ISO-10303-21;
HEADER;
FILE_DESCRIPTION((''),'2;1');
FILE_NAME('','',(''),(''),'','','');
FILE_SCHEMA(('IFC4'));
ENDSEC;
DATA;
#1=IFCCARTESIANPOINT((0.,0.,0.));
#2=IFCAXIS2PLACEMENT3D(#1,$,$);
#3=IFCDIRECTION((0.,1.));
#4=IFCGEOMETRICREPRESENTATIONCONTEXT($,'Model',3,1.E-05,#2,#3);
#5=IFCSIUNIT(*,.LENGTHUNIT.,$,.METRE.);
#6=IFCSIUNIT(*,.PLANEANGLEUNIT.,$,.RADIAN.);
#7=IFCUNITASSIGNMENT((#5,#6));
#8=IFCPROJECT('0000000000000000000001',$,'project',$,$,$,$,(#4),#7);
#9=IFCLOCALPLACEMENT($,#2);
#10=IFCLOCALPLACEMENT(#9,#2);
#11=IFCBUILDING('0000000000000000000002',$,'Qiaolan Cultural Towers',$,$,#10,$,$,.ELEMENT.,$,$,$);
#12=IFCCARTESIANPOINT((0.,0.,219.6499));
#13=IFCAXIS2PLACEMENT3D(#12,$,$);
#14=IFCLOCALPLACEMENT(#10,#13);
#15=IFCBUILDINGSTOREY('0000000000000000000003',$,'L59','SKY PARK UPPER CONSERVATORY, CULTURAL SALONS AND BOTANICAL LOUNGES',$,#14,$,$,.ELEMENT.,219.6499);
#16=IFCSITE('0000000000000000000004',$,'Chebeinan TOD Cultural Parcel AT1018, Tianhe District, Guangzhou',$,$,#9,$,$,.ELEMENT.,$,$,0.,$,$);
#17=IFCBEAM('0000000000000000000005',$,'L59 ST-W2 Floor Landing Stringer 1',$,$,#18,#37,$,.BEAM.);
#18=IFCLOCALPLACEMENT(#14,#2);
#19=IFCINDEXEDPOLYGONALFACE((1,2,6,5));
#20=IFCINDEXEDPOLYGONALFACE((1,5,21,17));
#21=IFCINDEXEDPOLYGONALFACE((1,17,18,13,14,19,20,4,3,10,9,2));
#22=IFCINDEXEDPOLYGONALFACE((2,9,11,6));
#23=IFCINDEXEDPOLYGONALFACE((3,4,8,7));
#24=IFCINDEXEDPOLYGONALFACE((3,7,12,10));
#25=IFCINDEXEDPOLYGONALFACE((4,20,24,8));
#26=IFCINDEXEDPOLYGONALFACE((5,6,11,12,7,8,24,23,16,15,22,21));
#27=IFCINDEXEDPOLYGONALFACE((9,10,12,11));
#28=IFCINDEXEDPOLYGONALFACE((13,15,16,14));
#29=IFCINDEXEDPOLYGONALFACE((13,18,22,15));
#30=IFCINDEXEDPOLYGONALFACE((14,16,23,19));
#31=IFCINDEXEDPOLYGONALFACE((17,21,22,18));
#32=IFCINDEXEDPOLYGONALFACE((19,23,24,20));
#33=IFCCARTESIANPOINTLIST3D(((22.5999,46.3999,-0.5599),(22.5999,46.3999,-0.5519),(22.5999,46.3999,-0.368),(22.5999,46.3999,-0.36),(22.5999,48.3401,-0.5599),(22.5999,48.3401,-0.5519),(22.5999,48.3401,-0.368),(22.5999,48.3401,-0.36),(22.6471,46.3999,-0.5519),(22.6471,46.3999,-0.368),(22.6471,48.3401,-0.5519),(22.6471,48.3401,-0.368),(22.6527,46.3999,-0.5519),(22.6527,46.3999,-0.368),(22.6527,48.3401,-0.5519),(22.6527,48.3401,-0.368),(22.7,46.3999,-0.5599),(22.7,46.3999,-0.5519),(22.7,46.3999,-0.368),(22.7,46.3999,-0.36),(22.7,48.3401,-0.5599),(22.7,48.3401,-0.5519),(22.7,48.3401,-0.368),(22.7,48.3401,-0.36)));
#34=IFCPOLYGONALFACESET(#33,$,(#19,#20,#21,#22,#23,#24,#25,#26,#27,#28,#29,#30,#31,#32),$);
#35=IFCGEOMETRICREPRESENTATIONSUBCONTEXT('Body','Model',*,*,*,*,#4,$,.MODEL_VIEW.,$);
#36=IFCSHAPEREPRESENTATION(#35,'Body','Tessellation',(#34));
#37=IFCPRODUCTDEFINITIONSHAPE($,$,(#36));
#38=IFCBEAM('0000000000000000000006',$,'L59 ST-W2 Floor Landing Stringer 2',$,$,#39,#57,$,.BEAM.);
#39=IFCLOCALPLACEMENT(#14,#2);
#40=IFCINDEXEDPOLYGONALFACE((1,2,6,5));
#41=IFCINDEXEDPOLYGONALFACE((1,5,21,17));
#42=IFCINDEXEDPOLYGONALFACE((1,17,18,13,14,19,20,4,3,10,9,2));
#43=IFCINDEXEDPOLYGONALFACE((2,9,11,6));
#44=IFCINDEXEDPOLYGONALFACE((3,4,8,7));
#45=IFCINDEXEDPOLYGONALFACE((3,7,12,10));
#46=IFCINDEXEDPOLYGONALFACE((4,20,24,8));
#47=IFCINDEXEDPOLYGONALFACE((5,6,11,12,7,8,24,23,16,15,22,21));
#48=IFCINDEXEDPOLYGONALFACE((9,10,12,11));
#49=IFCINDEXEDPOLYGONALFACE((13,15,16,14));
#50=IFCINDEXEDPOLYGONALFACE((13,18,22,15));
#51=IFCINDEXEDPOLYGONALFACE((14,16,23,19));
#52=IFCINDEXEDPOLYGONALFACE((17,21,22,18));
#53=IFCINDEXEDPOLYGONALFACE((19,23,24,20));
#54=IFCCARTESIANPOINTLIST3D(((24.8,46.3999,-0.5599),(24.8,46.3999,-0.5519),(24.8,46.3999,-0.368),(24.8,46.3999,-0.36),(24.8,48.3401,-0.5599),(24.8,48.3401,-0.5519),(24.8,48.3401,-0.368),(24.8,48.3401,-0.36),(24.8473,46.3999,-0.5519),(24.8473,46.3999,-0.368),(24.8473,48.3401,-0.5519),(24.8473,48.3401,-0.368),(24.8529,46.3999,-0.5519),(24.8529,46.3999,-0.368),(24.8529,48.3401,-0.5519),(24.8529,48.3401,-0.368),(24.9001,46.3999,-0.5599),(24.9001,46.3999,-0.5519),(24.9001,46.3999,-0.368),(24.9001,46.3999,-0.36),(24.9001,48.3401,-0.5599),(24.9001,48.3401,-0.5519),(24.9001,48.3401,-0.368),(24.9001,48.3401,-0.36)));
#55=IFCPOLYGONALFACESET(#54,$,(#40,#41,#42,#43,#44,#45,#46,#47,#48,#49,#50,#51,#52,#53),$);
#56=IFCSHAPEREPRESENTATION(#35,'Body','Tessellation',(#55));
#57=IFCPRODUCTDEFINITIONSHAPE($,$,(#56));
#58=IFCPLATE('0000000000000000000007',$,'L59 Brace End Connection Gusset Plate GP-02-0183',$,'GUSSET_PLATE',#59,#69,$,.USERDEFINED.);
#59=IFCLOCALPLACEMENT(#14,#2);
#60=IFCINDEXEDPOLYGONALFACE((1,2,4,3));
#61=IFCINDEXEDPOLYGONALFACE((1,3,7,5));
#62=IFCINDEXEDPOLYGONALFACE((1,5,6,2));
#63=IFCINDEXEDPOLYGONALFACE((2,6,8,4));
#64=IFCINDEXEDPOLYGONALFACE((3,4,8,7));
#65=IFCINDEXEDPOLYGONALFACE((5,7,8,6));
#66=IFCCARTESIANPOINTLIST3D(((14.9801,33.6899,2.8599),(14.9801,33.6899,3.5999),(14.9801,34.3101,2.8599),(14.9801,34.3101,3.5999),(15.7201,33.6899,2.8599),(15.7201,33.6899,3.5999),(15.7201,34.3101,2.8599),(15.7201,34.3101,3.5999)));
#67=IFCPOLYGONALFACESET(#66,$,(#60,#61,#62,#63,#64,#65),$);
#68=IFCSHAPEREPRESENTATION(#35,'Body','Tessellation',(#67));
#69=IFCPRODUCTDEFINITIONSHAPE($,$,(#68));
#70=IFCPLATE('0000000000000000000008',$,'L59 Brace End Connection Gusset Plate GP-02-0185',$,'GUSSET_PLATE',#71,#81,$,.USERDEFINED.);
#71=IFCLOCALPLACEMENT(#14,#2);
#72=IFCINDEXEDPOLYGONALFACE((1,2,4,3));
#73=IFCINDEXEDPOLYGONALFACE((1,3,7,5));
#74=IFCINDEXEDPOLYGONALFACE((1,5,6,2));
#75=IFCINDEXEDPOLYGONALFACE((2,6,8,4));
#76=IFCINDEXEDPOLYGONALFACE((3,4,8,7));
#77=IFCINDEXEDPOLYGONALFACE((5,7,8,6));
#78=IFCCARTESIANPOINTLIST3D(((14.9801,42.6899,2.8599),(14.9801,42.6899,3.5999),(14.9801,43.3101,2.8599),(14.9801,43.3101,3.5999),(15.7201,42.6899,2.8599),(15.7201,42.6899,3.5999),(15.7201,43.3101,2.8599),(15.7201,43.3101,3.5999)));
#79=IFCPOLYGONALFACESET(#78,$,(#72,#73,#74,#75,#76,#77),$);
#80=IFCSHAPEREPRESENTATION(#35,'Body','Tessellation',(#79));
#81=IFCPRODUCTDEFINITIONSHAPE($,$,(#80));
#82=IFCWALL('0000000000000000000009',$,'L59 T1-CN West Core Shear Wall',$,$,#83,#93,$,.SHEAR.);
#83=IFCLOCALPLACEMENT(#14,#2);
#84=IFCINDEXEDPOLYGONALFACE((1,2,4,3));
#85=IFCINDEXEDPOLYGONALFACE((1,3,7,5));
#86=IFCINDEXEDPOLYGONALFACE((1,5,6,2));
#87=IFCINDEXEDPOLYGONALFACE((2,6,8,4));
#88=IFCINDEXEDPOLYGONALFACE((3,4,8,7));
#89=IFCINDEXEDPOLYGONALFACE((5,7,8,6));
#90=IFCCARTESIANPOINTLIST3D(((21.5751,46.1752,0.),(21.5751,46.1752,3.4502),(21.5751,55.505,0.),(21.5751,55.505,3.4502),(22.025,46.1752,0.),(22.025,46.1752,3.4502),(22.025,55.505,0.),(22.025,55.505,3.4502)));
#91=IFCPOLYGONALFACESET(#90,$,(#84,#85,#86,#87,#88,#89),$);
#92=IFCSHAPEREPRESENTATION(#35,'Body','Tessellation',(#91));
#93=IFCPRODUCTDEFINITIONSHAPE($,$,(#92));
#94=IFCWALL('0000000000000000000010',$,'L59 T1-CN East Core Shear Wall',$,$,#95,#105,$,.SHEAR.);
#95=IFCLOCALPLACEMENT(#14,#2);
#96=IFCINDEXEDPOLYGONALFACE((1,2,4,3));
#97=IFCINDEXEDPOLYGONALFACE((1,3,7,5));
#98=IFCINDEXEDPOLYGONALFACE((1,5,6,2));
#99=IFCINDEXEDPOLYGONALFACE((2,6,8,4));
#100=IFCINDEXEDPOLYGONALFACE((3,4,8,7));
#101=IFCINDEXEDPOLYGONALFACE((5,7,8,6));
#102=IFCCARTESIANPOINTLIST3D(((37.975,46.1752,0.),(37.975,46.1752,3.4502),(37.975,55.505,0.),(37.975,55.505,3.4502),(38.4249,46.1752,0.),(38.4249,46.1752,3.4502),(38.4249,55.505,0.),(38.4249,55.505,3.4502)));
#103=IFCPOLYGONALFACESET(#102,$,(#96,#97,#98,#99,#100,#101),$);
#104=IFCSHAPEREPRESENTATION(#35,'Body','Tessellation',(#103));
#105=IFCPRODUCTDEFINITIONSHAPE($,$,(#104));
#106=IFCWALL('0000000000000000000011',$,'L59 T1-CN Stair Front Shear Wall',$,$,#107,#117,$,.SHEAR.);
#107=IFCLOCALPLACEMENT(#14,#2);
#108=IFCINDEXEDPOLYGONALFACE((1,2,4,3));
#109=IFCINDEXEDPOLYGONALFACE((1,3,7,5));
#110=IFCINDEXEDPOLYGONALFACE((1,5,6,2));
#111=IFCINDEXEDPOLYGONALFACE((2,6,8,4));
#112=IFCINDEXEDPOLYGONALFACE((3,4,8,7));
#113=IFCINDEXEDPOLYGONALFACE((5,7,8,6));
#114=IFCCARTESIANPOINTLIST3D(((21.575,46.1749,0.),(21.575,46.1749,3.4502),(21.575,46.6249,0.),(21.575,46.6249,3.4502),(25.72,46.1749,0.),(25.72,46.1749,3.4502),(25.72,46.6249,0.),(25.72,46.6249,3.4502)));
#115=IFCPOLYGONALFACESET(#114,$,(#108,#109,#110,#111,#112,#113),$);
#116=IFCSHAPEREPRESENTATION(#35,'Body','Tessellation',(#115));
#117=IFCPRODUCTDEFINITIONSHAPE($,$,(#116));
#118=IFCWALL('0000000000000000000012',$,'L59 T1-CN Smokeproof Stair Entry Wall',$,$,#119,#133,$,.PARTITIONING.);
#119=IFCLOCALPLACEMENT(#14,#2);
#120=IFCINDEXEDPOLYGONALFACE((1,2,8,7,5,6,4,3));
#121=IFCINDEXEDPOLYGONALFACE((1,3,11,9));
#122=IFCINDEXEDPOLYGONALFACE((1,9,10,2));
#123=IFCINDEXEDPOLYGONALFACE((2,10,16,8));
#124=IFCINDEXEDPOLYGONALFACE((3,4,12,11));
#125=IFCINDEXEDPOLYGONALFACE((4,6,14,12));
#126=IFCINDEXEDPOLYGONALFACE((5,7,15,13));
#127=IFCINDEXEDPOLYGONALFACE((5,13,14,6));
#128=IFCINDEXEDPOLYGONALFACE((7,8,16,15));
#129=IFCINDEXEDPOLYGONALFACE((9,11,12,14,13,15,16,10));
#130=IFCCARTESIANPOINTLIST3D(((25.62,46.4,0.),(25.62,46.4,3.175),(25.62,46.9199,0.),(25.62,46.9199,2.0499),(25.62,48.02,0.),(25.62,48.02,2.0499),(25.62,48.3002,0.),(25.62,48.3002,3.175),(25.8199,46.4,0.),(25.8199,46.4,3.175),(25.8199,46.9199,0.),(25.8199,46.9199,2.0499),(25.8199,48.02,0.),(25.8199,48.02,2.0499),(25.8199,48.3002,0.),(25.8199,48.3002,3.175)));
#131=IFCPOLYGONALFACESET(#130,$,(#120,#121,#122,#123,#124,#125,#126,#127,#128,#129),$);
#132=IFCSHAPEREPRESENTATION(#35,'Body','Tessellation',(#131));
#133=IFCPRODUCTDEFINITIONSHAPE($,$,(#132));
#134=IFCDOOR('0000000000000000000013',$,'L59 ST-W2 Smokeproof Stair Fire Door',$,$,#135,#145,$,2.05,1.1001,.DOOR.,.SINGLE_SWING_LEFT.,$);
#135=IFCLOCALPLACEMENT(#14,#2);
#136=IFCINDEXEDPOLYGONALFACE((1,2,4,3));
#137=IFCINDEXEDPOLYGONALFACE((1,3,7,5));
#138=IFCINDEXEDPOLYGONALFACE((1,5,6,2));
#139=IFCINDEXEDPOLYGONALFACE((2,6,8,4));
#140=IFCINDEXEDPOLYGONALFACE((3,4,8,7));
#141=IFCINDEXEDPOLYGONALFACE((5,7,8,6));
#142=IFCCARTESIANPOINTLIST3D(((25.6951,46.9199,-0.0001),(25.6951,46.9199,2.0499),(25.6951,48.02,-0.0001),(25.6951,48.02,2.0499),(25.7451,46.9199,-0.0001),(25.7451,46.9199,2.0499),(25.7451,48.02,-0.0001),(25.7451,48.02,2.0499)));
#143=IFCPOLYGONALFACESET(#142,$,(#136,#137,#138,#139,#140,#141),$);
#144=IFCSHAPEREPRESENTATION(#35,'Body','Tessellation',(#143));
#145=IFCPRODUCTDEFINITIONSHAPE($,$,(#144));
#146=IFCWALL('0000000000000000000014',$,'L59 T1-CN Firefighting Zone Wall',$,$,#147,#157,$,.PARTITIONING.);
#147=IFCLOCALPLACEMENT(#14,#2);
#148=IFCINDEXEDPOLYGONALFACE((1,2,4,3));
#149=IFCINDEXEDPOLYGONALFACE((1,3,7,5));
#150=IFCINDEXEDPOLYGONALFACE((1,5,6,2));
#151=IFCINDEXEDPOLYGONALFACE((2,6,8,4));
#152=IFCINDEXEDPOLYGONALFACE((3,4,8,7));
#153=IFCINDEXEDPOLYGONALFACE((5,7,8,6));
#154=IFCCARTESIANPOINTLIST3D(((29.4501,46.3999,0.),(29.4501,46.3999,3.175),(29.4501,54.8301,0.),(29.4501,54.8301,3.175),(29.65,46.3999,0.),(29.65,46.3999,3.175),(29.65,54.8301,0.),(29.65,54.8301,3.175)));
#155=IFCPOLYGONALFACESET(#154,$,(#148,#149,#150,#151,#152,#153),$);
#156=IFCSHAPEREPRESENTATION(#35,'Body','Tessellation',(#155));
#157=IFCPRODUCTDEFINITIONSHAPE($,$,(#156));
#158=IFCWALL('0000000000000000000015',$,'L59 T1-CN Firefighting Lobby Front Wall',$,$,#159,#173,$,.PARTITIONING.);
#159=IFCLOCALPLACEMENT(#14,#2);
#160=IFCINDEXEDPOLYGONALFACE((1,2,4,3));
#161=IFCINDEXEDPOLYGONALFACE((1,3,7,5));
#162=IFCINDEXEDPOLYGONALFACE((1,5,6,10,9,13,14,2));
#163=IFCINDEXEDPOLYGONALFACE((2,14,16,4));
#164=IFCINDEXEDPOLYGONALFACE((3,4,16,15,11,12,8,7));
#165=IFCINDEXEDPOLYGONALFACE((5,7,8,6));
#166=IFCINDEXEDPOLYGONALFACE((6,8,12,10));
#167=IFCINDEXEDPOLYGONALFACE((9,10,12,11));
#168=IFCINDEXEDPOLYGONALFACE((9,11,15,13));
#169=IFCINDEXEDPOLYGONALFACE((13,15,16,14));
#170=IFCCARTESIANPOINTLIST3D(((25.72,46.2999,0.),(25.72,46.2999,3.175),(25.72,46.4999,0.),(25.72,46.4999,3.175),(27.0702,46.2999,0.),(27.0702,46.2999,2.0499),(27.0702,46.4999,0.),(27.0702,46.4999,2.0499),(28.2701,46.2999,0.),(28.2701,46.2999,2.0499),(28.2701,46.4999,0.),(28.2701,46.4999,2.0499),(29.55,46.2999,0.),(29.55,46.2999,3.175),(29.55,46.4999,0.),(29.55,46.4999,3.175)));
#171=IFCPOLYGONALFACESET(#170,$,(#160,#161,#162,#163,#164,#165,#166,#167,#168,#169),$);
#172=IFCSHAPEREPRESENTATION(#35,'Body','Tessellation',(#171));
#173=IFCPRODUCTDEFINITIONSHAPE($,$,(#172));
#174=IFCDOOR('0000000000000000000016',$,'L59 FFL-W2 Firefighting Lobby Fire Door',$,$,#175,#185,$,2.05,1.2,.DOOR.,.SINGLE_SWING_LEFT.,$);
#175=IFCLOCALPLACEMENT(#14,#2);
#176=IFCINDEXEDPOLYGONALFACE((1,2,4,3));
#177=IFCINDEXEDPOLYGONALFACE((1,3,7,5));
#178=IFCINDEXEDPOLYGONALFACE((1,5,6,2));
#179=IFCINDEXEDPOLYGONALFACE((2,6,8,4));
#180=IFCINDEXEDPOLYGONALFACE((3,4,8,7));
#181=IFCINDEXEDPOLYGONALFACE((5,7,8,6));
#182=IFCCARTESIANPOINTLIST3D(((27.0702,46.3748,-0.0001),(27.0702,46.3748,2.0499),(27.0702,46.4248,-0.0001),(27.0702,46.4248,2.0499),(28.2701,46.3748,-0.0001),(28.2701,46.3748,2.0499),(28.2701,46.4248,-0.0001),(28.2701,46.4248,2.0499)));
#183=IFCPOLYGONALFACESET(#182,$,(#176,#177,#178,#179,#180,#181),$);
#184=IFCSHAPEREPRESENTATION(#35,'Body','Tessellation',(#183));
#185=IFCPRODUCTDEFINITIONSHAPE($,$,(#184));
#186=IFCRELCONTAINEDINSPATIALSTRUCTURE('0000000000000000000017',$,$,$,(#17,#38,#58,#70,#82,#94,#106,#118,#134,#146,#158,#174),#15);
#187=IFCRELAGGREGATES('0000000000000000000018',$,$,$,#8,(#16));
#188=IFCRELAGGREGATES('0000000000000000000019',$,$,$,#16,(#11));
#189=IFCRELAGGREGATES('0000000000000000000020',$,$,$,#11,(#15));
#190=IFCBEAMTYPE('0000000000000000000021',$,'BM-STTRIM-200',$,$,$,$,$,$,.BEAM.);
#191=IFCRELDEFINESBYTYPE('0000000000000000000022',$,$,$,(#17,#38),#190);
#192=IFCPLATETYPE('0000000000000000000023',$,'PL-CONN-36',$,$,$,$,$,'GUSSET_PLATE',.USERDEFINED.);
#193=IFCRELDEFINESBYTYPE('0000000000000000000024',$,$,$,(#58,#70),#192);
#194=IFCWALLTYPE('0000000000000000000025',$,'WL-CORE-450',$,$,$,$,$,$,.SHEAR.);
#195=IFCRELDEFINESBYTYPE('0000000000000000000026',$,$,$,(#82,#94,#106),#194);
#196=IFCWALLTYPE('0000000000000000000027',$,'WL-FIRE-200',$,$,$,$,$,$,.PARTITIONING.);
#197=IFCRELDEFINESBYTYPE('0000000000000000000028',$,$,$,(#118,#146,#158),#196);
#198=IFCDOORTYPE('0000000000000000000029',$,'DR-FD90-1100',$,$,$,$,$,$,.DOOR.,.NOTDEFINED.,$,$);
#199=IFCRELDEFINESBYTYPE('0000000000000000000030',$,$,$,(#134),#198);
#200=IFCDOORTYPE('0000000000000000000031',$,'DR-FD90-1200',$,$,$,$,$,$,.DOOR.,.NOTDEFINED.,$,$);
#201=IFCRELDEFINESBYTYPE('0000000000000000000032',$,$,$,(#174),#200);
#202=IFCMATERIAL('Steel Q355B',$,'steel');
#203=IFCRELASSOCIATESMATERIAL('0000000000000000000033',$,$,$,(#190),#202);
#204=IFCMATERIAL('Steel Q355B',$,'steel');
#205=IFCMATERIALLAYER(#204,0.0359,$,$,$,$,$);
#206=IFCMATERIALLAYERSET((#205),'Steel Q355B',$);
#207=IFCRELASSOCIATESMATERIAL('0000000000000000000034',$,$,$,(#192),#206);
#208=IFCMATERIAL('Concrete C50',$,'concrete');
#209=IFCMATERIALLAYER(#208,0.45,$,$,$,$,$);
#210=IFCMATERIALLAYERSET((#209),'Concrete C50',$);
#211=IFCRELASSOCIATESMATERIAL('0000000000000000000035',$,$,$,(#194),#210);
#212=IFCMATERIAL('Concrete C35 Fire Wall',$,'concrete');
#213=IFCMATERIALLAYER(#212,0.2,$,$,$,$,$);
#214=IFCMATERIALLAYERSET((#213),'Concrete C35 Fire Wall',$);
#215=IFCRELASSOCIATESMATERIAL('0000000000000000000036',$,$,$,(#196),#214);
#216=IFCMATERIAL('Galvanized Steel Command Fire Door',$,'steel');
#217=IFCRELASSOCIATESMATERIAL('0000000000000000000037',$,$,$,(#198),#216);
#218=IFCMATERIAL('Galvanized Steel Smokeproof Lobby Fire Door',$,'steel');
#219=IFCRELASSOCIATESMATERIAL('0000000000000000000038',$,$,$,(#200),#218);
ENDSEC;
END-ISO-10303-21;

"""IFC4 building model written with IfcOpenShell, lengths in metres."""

from ifc_helpers import new_model, si_unit, direction, frame, frame_2d, origin, origin_2d, place, context, subcontext, project, spatial, rectangle, i_section, extrude, material, layer, layer_set, material_profile, profile_set, type_object, element, fill, save


model = new_model("IFC4")

# Units and contexts
model_context = context("Model", 3, precision=1e-05, world=origin(), true_north=direction((0.0, 1.0)))
body_context = subcontext(model_context, "Body", "Model", "MODEL_VIEW")
ifc_project = project(units=[si_unit("LENGTHUNIT", "METRE"), si_unit("PLANEANGLEUNIT", "RADIAN")], contexts=[model_context])

# Site, building, storey
site_placement = place(None, origin())
site = spatial("IfcSite", under=ifc_project, at=site_placement, Name="Chebeinan TOD Cultural Parcel AT1018, Tianhe District, Guangzhou", CompositionType="ELEMENT", RefElevation=0.0)
building_placement = place(site_placement, origin())
building = spatial("IfcBuilding", under=site, at=building_placement, Name="Qiaolan Cultural Towers", CompositionType="ELEMENT")
storey_placement = place(building_placement, frame((0.0, 0.0, 219.6499)))
storey = spatial("IfcBuildingStorey", under=building, at=storey_placement, Name="L59", Description="SKY PARK UPPER CONSERVATORY, CULTURAL SALONS AND BOTANICAL LOUNGES", CompositionType="ELEMENT", Elevation=219.6499)

# Beams
ifc_material_1 = material(Name="Steel Q355B", Category="steel")
ifc_material_profile_1 = material_profile(ifc_material_1, i_section(OverallWidth=0.1001, OverallDepth=0.2, WebThickness=0.0056, FlangeThickness=0.0081, at=origin_2d()), Name="HN200x100x5.5x8")
ifc_profile_set_1 = profile_set([ifc_material_profile_1], Name="Steel Q355B")
beam_type_1 = type_object("IfcBeamType", Name="BM-STTRIM-200", PredefinedType="BEAM", material=ifc_profile_set_1)
for number, where, z_axis, x_axis, name in (
    (1, (22.6499, 46.3999, -0.46), (0.0, 1.0, 0.0), (-1.0, 0.0, 0.0), "L59 ST-W2 Floor Landing Stringer 1"),
    (2, (24.8501, 46.3999, -0.46), (0.0, 1.0, 0.0), (-1.0, 0.0, 0.0), "L59 ST-W2 Floor Landing Stringer 2"),
):
    element("IfcBeam", number, at=place(storey_placement, frame(where, z_axis=z_axis, x_axis=x_axis)), inside=storey, type_object=beam_type_1, Name=name, PredefinedType="BEAM", context=body_context, shape_type="SweptSolid", body=[
        extrude(i_section(OverallWidth=0.1001, OverallDepth=0.2, WebThickness=0.0056, FlangeThickness=0.0081, at=origin_2d()), origin(), (0.0, 0.0, 1.0), 1.9402),
    ])

# Plates
ifc_material_2 = material(Name="Steel Q355B", Category="steel")
ifc_layer_1 = layer(ifc_material_2, 0.0359)
ifc_layer_set_1 = layer_set([ifc_layer_1], Name="Steel Q355B")
plate_type = type_object("IfcPlateType", Name="PL-CONN-36", ElementType="GUSSET_PLATE", PredefinedType="USERDEFINED", material=ifc_layer_set_1)
for number, where, z_axis, x_axis, name in (
    (3, (15.3501, 34.0, 2.8599), (0.0, 0.0, 1.0), (1.0, 0.0, 0.0), "L59 Brace End Connection Gusset Plate GP-02-0183"),
    (4, (15.3501, 43.0, 2.8599), (0.0, 0.0, 1.0), (1.0, 0.0, 0.0), "L59 Brace End Connection Gusset Plate GP-02-0185"),
):
    element("IfcPlate", number, at=place(storey_placement, frame(where, z_axis=z_axis, x_axis=x_axis)), inside=storey, type_object=plate_type, Name=name, ObjectType="GUSSET_PLATE", PredefinedType="USERDEFINED", context=body_context, shape_type="SweptSolid", body=[
        extrude(rectangle(XDim=0.74, YDim=0.6201, at=origin_2d()), origin(), (0.0, 0.0, 1.0), 0.74),
    ])

# Walls
ifc_material_3 = material(Name="Concrete C50", Category="concrete")
ifc_layer_2 = layer(ifc_material_3, 0.45)
ifc_layer_set_2 = layer_set([ifc_layer_2], Name="Concrete C50")
wall_type_1 = type_object("IfcWallType", Name="WL-CORE-450", PredefinedType="SHEAR", material=ifc_layer_set_2)
for number, where, z_axis, x_axis, name in (
    (5, (21.8, 46.175, 0.0), (0.0, 0.0, 1.0), (0.0, 1.0, 0.0), "L59 T1-CN West Core Shear Wall"),
    (6, (38.2, 46.175, 0.0), (0.0, 0.0, 1.0), (0.0, 1.0, 0.0), "L59 T1-CN East Core Shear Wall"),
):
    element("IfcWall", number, at=place(storey_placement, frame(where, z_axis=z_axis, x_axis=x_axis)), inside=storey, type_object=wall_type_1, Name=name, PredefinedType="SHEAR", context=body_context, shape_type="SweptSolid", body=[
        extrude(rectangle(XDim=9.3298, YDim=0.45, at=frame_2d((4.665, 0.0))), origin(), (0.0, 0.0, 1.0), 3.4502),
    ])
wall_1_placement = place(storey_placement, frame((21.575, 46.3999, 0.0), z_axis=(0.0, 0.0, 1.0), x_axis=(1.0, 0.0, 0.0)))
element("IfcWall", 7, at=wall_1_placement, inside=storey, type_object=wall_type_1, Name="L59 T1-CN Stair Front Shear Wall", PredefinedType="SHEAR", context=body_context, shape_type="SweptSolid", body=[
    extrude(rectangle(XDim=4.145, YDim=0.45, at=frame_2d((2.0725, 0.0))), origin(), (0.0, 0.0, 1.0), 3.4502),
])

# Wall, opening, door
ifc_material_4 = material(Name="Concrete C35 Fire Wall", Category="concrete")
ifc_layer_3 = layer(ifc_material_4, 0.2)
ifc_layer_set_3 = layer_set([ifc_layer_3], Name="Concrete C35 Fire Wall")
wall_type_2 = type_object("IfcWallType", Name="WL-FIRE-200", PredefinedType="PARTITIONING", material=ifc_layer_set_3)
wall_2_placement = place(storey_placement, frame((25.72, 46.3999, 0.0), z_axis=(0.0, 0.0, 1.0), x_axis=(0.0, 1.0, 0.0)))
wall_2 = element("IfcWall", 8, at=wall_2_placement, inside=storey, type_object=wall_type_2, Name="L59 T1-CN Smokeproof Stair Entry Wall", PredefinedType="PARTITIONING", context=body_context, shape_type="SweptSolid", body=[
    extrude(rectangle(XDim=1.9001, YDim=0.2, at=frame_2d((0.9502, 0.0))), origin(), (0.0, 0.0, 1.0), 3.175),
])
opening_1_placement = place(wall_2_placement, frame((0.52, 0.0, 0.0)))
opening_1 = element("IfcOpeningElement", 9, at=opening_1_placement, cuts=wall_2, PredefinedType="OPENING", context=body_context, shape_type="SweptSolid", body=[
    extrude(rectangle(XDim=1.1001, YDim=2.05, at=frame_2d((0.55, 1.0249))), frame((0.0, 0.1099, 0.0), z_axis=(0.0, -1.0, 0.0), x_axis=(1.0, 0.0, 0.0)), (0.0, 0.0, 1.0), 0.22),
])
ifc_material_5 = material(Name="Galvanized Steel Command Fire Door", Category="steel")
door_type_1 = type_object("IfcDoorType", Name="DR-FD90-1100", OperationType="NOTDEFINED", PredefinedType="DOOR", material=ifc_material_5)
door_1_placement = place(opening_1_placement, origin())
door_1 = element("IfcDoor", 10, at=door_1_placement, inside=storey, type_object=door_type_1, Name="L59 ST-W2 Smokeproof Stair Fire Door", OperationType="SINGLE_SWING_LEFT", OverallHeight=2.05, OverallWidth=1.1001, PredefinedType="DOOR", context=body_context, shape_type="SweptSolid", body=[
    extrude(rectangle(XDim=1.1001, YDim=2.05, at=frame_2d((0.55, 1.0249))), frame((0.0, 0.0249, 0.0), z_axis=(0.0, -1.0, 0.0), x_axis=(1.0, 0.0, 0.0)), (0.0, 0.0, 1.0), 0.05),
])
fill(opening_1, door_1)

# Wall
wall_3_placement = place(storey_placement, frame((29.55, 46.3999, 0.0), z_axis=(0.0, 0.0, 1.0), x_axis=(0.0, 1.0, 0.0)))
element("IfcWall", 11, at=wall_3_placement, inside=storey, type_object=wall_type_2, Name="L59 T1-CN Firefighting Zone Wall", PredefinedType="PARTITIONING", context=body_context, shape_type="SweptSolid", body=[
    extrude(rectangle(XDim=8.4302, YDim=0.2, at=frame_2d((4.2151, 0.0))), origin(), (0.0, 0.0, 1.0), 3.175),
])

# Wall, opening, door
wall_4_placement = place(storey_placement, frame((25.72, 46.3999, 0.0), z_axis=(0.0, 0.0, 1.0), x_axis=(1.0, 0.0, 0.0)))
wall_4 = element("IfcWall", 12, at=wall_4_placement, inside=storey, type_object=wall_type_2, Name="L59 T1-CN Firefighting Lobby Front Wall", PredefinedType="PARTITIONING", context=body_context, shape_type="SweptSolid", body=[
    extrude(rectangle(XDim=3.8301, YDim=0.2, at=frame_2d((1.915, 0.0))), origin(), (0.0, 0.0, 1.0), 3.175),
])
opening_2_placement = place(wall_4_placement, frame((1.3501, 0.0, 0.0)))
opening_2 = element("IfcOpeningElement", 13, at=opening_2_placement, cuts=wall_4, PredefinedType="OPENING", context=body_context, shape_type="SweptSolid", body=[
    extrude(rectangle(XDim=1.2, YDim=2.05, at=frame_2d((0.6001, 1.0249))), frame((0.0, 0.1099, 0.0), z_axis=(0.0, -1.0, 0.0), x_axis=(1.0, 0.0, 0.0)), (0.0, 0.0, 1.0), 0.22),
])
ifc_material_6 = material(Name="Galvanized Steel Smokeproof Lobby Fire Door", Category="steel")
door_type_2 = type_object("IfcDoorType", Name="DR-FD90-1200", OperationType="NOTDEFINED", PredefinedType="DOOR", material=ifc_material_6)
door_2_placement = place(opening_2_placement, origin())
door_2 = element("IfcDoor", 14, at=door_2_placement, inside=storey, type_object=door_type_2, Name="L59 FFL-W2 Firefighting Lobby Fire Door", OperationType="SINGLE_SWING_LEFT", OverallHeight=2.05, OverallWidth=1.2, PredefinedType="DOOR", context=body_context, shape_type="SweptSolid", body=[
    extrude(rectangle(XDim=1.2, YDim=2.05, at=frame_2d((0.6001, 1.0249))), frame((0.0, 0.0249, 0.0), z_axis=(0.0, -1.0, 0.0), x_axis=(1.0, 0.0, 0.0)), (0.0, 0.0, 1.0), 0.05),
])
fill(opening_2, door_2)

save(model, "model.ifc")
